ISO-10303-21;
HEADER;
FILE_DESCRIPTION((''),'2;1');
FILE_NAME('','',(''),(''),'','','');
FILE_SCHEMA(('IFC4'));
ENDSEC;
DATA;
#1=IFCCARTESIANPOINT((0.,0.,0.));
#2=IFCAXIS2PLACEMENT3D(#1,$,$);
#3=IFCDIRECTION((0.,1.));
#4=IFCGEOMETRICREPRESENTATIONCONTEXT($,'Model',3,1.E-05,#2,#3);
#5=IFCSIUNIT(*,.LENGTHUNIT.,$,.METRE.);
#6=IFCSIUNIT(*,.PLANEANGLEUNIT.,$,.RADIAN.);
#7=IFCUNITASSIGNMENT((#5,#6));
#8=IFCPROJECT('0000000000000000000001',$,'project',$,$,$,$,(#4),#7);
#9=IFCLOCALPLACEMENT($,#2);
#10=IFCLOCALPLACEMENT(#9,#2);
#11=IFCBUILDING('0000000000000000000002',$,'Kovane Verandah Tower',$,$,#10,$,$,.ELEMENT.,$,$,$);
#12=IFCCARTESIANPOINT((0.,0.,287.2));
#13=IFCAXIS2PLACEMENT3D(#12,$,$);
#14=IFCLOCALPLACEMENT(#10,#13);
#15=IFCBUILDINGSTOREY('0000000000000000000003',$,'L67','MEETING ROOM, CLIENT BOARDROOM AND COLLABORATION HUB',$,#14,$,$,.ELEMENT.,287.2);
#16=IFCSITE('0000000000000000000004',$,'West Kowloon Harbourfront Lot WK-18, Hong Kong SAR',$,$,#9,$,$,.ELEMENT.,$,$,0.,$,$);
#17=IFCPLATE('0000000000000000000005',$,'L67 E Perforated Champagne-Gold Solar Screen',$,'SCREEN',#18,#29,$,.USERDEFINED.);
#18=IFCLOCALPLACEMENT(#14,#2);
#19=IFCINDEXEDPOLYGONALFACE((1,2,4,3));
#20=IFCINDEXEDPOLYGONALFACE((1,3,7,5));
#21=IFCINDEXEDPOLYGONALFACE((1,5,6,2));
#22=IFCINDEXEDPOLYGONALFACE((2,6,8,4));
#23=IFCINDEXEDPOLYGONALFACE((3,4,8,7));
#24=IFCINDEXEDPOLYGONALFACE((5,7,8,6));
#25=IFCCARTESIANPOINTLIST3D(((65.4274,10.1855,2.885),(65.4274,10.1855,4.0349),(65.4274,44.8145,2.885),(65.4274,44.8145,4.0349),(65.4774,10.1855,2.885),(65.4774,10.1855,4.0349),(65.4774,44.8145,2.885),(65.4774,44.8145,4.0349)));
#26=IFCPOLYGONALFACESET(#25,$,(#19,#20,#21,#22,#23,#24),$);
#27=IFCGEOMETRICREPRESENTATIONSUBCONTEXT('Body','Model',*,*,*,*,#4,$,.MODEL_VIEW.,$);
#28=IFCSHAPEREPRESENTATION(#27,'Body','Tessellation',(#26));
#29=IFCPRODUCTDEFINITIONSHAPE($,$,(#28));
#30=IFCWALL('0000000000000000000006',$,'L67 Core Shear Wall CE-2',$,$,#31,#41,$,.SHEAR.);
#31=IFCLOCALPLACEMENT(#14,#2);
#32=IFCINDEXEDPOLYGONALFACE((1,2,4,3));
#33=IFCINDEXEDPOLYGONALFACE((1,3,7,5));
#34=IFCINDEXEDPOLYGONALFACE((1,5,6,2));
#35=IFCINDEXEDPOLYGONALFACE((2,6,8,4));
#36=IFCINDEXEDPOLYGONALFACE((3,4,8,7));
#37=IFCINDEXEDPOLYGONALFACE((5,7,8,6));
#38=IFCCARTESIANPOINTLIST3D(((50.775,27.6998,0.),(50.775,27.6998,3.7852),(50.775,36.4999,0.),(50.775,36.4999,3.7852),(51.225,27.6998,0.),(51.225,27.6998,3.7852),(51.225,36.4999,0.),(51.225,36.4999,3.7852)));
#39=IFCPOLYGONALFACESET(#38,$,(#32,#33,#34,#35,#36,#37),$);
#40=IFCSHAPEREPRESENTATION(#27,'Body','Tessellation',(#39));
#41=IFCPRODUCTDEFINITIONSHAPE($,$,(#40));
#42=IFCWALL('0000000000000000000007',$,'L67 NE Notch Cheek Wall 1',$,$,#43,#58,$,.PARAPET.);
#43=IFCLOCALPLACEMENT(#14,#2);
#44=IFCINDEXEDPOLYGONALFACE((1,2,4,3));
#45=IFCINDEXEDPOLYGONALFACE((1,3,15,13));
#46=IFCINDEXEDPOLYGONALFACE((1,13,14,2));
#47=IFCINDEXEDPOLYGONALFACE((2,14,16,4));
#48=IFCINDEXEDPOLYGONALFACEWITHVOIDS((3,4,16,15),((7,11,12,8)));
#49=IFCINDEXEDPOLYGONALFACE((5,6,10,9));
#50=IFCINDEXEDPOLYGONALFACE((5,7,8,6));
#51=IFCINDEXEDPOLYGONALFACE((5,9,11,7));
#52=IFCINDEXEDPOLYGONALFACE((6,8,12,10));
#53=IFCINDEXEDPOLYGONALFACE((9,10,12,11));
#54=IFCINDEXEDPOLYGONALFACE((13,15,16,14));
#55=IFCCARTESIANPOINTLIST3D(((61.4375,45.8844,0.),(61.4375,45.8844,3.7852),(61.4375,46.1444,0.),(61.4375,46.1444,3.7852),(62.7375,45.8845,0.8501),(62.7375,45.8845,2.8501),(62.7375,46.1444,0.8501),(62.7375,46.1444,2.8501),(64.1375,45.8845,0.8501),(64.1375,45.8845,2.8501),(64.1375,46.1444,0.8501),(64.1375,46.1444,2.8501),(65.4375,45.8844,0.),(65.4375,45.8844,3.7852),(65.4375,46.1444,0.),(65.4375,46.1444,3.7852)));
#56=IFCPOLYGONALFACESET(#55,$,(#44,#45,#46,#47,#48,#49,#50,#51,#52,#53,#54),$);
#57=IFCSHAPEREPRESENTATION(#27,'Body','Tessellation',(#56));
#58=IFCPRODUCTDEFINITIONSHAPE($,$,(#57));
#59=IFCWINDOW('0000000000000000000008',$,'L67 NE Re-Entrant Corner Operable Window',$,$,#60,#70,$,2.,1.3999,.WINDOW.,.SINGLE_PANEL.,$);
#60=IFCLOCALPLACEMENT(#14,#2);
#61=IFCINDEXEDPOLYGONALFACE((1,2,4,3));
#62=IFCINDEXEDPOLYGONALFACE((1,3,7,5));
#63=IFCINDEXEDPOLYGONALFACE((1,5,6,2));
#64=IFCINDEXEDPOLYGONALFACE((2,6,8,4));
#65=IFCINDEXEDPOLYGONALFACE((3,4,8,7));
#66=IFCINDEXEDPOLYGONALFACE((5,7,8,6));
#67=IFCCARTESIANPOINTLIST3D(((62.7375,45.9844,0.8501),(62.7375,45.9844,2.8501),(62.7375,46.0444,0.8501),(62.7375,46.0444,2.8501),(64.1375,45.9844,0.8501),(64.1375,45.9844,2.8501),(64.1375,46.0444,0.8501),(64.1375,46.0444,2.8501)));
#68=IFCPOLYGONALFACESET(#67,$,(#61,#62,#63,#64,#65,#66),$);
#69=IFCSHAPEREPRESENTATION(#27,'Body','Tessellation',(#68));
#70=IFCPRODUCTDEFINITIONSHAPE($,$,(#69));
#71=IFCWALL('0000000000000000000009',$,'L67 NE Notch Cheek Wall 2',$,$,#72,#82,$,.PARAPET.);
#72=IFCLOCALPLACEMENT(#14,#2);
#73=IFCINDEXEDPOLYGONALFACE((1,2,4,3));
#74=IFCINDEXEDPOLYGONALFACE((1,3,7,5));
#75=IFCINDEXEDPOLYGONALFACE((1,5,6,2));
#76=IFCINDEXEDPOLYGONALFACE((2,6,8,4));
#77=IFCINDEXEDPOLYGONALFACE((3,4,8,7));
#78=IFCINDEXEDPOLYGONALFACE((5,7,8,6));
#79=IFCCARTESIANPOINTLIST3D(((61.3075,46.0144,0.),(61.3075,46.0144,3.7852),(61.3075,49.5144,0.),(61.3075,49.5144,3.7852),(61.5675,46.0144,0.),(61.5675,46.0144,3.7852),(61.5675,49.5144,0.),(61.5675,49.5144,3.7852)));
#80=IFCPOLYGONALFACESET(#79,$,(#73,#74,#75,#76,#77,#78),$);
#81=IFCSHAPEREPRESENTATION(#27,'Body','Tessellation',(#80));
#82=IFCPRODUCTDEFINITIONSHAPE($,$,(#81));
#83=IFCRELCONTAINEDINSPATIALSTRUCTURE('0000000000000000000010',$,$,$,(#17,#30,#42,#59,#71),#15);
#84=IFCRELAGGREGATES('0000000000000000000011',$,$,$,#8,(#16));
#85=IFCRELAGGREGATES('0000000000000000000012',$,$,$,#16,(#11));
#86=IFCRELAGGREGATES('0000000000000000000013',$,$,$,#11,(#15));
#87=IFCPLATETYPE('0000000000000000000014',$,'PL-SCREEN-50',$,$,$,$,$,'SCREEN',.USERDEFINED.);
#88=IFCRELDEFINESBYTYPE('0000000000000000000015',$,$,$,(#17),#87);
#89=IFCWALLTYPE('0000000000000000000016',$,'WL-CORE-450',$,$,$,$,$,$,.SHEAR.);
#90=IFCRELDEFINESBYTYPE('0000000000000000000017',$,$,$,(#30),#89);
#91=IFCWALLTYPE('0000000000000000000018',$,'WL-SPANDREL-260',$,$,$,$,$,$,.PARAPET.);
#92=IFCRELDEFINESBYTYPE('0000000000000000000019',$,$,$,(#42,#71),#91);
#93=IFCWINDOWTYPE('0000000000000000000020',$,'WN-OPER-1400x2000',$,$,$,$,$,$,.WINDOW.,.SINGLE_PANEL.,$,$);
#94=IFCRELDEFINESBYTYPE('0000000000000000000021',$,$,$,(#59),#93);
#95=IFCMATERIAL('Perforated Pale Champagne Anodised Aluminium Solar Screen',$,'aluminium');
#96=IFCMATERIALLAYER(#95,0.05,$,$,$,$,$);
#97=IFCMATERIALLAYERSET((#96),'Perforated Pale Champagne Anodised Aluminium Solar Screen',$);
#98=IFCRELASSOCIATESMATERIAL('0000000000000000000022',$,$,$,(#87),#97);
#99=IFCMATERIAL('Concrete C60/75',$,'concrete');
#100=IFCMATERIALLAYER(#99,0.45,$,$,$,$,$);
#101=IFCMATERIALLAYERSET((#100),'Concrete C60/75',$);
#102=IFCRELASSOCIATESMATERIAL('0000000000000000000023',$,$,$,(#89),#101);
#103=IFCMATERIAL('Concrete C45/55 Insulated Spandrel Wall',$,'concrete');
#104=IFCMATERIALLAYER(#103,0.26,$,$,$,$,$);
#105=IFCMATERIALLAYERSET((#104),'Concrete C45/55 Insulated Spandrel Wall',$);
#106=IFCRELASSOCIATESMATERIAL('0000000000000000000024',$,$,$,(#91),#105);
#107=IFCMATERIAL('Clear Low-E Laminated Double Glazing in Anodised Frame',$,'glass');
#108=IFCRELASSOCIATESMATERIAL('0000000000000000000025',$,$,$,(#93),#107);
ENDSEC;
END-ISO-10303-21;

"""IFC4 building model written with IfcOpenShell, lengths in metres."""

from ifc_helpers import new_model, si_unit, direction, frame, frame_2d, origin, origin_2d, place, context, subcontext, project, spatial, rectangle, extrude, material, layer, layer_set, type_object, element, fill, save


model = new_model("IFC4")

# Units and contexts
model_context = context("Model", 3, precision=1e-05, world=origin(), true_north=direction((0.0, 1.0)))
body_context = subcontext(model_context, "Body", "Model", "MODEL_VIEW")
ifc_project = project(units=[si_unit("LENGTHUNIT", "METRE"), si_unit("PLANEANGLEUNIT", "RADIAN")], contexts=[model_context])

# Site, building, storey
site_placement = place(None, origin())
site = spatial("IfcSite", under=ifc_project, at=site_placement, Name="West Kowloon Harbourfront Lot WK-18, Hong Kong SAR", CompositionType="ELEMENT", RefElevation=0.0)
building_placement = place(site_placement, origin())
building = spatial("IfcBuilding", under=site, at=building_placement, Name="Kovane Verandah Tower", CompositionType="ELEMENT")
storey_placement = place(building_placement, frame((0.0, 0.0, 287.2)))
storey = spatial("IfcBuildingStorey", under=building, at=storey_placement, Name="L67", Description="MEETING ROOM, CLIENT BOARDROOM AND COLLABORATION HUB", CompositionType="ELEMENT", Elevation=287.2)

# Shared definitions
ifc_material_1 = material(Name="Concrete C60/75", Category="concrete")

# Plate
ifc_material_2 = material(Name="Perforated Pale Champagne Anodised Aluminium Solar Screen", Category="aluminium")
ifc_layer_1 = layer(ifc_material_2, 0.05)
ifc_layer_set_1 = layer_set([ifc_layer_1], Name="Perforated Pale Champagne Anodised Aluminium Solar Screen")
plate_type = type_object("IfcPlateType", Name="PL-SCREEN-50", ElementType="SCREEN", PredefinedType="USERDEFINED", material=ifc_layer_set_1)
plate_placement = place(storey_placement, frame((65.4524, 27.5, 2.885), z_axis=(0.0, 0.0, 1.0), x_axis=(0.0, 1.0, 0.0)))
element("IfcPlate", 1, at=plate_placement, inside=storey, type_object=plate_type, Name="L67 E Perforated Champagne-Gold Solar Screen", ObjectType="SCREEN", PredefinedType="USERDEFINED", context=body_context, shape_type="SweptSolid", body=[
    extrude(rectangle(XDim=34.6289, YDim=0.05, at=origin_2d()), origin(), (0.0, 0.0, 1.0), 1.1499),
])

# Wall
ifc_layer_2 = layer(ifc_material_1, 0.45)
ifc_layer_set_2 = layer_set([ifc_layer_2], Name="Concrete C60/75")
wall_type_1 = type_object("IfcWallType", Name="WL-CORE-450", PredefinedType="SHEAR", material=ifc_layer_set_2)
wall_1_placement = place(storey_placement, frame((51.0, 27.7, 0.0), z_axis=(0.0, 0.0, 1.0), x_axis=(0.0, 1.0, 0.0)))
element("IfcWall", 2, at=wall_1_placement, inside=storey, type_object=wall_type_1, Name="L67 Core Shear Wall CE-2", PredefinedType="SHEAR", context=body_context, shape_type="SweptSolid", body=[
    extrude(rectangle(XDim=8.8, YDim=0.45, at=frame_2d((4.3999, 0.0))), origin(), (0.0, 0.0, 1.0), 3.7852),
])

# Shared definitions
ifc_material_3 = material(Name="Concrete C45/55 Insulated Spandrel Wall", Category="concrete")
ifc_layer_3 = layer(ifc_material_3, 0.26)
ifc_layer_set_3 = layer_set([ifc_layer_3], Name="Concrete C45/55 Insulated Spandrel Wall")
wall_type_2 = type_object("IfcWallType", Name="WL-SPANDREL-260", PredefinedType="PARAPET", material=ifc_layer_set_3)
ifc_material_4 = material(Name="Clear Low-E Laminated Double Glazing in Anodised Frame", Category="glass")

# Wall, opening, window
wall_2_placement = place(storey_placement, frame((65.4375, 46.0144, 0.0), z_axis=(0.0, 0.0, 1.0), x_axis=(-1.0, 0.0, 0.0)))
wall_2 = element("IfcWall", 3, at=wall_2_placement, inside=storey, type_object=wall_type_2, Name="L67 NE Notch Cheek Wall 1", PredefinedType="PARAPET", context=body_context, shape_type="SweptSolid", body=[
    extrude(rectangle(XDim=4.0, YDim=0.26, at=frame_2d((2.0, 0.0))), origin(), (0.0, 0.0, 1.0), 3.7852),
])
opening_1_placement = place(wall_2_placement, frame((1.3, 0.0, 0.8501)))
opening_1 = element("IfcOpeningElement", 4, at=opening_1_placement, cuts=wall_2, PredefinedType="OPENING", context=body_context, shape_type="SweptSolid", body=[
    extrude(rectangle(XDim=1.3999, YDim=2.0, at=frame_2d((0.7, 1.0))), frame((0.0, 0.1299, 0.0), z_axis=(0.0, -1.0, 0.0), x_axis=(1.0, 0.0, 0.0)), (0.0, 0.0, 1.0), 0.26),
])
window_type_1 = type_object("IfcWindowType", Name="WN-OPER-1400x2000", PartitioningType="SINGLE_PANEL", PredefinedType="WINDOW", material=ifc_material_4)
window_1_placement = place(opening_1_placement, origin())
window_1 = element("IfcWindow", 5, at=window_1_placement, inside=storey, type_object=window_type_1, Name="L67 NE Re-Entrant Corner Operable Window", OverallHeight=2.0, OverallWidth=1.3999, PartitioningType="SINGLE_PANEL", PredefinedType="WINDOW", context=body_context, shape_type="SweptSolid", body=[
    extrude(rectangle(XDim=1.3999, YDim=2.0, at=frame_2d((0.7, 1.0))), frame((0.0, 0.03, 0.0), z_axis=(0.0, -1.0, 0.0), x_axis=(1.0, 0.0, 0.0)), (0.0, 0.0, 1.0), 0.0601),
])
fill(opening_1, window_1)

# Wall
wall_3_placement = place(storey_placement, frame((61.4375, 46.0144, 0.0), z_axis=(0.0, 0.0, 1.0), x_axis=(0.0, 1.0, 0.0)))
element("IfcWall", 6, at=wall_3_placement, inside=storey, type_object=wall_type_2, Name="L67 NE Notch Cheek Wall 2", PredefinedType="PARAPET", context=body_context, shape_type="SweptSolid", body=[
    extrude(rectangle(XDim=3.5, YDim=0.26, at=frame_2d((1.75, 0.0))), origin(), (0.0, 0.0, 1.0), 3.7852),
])

save(model, "model.ifc")
